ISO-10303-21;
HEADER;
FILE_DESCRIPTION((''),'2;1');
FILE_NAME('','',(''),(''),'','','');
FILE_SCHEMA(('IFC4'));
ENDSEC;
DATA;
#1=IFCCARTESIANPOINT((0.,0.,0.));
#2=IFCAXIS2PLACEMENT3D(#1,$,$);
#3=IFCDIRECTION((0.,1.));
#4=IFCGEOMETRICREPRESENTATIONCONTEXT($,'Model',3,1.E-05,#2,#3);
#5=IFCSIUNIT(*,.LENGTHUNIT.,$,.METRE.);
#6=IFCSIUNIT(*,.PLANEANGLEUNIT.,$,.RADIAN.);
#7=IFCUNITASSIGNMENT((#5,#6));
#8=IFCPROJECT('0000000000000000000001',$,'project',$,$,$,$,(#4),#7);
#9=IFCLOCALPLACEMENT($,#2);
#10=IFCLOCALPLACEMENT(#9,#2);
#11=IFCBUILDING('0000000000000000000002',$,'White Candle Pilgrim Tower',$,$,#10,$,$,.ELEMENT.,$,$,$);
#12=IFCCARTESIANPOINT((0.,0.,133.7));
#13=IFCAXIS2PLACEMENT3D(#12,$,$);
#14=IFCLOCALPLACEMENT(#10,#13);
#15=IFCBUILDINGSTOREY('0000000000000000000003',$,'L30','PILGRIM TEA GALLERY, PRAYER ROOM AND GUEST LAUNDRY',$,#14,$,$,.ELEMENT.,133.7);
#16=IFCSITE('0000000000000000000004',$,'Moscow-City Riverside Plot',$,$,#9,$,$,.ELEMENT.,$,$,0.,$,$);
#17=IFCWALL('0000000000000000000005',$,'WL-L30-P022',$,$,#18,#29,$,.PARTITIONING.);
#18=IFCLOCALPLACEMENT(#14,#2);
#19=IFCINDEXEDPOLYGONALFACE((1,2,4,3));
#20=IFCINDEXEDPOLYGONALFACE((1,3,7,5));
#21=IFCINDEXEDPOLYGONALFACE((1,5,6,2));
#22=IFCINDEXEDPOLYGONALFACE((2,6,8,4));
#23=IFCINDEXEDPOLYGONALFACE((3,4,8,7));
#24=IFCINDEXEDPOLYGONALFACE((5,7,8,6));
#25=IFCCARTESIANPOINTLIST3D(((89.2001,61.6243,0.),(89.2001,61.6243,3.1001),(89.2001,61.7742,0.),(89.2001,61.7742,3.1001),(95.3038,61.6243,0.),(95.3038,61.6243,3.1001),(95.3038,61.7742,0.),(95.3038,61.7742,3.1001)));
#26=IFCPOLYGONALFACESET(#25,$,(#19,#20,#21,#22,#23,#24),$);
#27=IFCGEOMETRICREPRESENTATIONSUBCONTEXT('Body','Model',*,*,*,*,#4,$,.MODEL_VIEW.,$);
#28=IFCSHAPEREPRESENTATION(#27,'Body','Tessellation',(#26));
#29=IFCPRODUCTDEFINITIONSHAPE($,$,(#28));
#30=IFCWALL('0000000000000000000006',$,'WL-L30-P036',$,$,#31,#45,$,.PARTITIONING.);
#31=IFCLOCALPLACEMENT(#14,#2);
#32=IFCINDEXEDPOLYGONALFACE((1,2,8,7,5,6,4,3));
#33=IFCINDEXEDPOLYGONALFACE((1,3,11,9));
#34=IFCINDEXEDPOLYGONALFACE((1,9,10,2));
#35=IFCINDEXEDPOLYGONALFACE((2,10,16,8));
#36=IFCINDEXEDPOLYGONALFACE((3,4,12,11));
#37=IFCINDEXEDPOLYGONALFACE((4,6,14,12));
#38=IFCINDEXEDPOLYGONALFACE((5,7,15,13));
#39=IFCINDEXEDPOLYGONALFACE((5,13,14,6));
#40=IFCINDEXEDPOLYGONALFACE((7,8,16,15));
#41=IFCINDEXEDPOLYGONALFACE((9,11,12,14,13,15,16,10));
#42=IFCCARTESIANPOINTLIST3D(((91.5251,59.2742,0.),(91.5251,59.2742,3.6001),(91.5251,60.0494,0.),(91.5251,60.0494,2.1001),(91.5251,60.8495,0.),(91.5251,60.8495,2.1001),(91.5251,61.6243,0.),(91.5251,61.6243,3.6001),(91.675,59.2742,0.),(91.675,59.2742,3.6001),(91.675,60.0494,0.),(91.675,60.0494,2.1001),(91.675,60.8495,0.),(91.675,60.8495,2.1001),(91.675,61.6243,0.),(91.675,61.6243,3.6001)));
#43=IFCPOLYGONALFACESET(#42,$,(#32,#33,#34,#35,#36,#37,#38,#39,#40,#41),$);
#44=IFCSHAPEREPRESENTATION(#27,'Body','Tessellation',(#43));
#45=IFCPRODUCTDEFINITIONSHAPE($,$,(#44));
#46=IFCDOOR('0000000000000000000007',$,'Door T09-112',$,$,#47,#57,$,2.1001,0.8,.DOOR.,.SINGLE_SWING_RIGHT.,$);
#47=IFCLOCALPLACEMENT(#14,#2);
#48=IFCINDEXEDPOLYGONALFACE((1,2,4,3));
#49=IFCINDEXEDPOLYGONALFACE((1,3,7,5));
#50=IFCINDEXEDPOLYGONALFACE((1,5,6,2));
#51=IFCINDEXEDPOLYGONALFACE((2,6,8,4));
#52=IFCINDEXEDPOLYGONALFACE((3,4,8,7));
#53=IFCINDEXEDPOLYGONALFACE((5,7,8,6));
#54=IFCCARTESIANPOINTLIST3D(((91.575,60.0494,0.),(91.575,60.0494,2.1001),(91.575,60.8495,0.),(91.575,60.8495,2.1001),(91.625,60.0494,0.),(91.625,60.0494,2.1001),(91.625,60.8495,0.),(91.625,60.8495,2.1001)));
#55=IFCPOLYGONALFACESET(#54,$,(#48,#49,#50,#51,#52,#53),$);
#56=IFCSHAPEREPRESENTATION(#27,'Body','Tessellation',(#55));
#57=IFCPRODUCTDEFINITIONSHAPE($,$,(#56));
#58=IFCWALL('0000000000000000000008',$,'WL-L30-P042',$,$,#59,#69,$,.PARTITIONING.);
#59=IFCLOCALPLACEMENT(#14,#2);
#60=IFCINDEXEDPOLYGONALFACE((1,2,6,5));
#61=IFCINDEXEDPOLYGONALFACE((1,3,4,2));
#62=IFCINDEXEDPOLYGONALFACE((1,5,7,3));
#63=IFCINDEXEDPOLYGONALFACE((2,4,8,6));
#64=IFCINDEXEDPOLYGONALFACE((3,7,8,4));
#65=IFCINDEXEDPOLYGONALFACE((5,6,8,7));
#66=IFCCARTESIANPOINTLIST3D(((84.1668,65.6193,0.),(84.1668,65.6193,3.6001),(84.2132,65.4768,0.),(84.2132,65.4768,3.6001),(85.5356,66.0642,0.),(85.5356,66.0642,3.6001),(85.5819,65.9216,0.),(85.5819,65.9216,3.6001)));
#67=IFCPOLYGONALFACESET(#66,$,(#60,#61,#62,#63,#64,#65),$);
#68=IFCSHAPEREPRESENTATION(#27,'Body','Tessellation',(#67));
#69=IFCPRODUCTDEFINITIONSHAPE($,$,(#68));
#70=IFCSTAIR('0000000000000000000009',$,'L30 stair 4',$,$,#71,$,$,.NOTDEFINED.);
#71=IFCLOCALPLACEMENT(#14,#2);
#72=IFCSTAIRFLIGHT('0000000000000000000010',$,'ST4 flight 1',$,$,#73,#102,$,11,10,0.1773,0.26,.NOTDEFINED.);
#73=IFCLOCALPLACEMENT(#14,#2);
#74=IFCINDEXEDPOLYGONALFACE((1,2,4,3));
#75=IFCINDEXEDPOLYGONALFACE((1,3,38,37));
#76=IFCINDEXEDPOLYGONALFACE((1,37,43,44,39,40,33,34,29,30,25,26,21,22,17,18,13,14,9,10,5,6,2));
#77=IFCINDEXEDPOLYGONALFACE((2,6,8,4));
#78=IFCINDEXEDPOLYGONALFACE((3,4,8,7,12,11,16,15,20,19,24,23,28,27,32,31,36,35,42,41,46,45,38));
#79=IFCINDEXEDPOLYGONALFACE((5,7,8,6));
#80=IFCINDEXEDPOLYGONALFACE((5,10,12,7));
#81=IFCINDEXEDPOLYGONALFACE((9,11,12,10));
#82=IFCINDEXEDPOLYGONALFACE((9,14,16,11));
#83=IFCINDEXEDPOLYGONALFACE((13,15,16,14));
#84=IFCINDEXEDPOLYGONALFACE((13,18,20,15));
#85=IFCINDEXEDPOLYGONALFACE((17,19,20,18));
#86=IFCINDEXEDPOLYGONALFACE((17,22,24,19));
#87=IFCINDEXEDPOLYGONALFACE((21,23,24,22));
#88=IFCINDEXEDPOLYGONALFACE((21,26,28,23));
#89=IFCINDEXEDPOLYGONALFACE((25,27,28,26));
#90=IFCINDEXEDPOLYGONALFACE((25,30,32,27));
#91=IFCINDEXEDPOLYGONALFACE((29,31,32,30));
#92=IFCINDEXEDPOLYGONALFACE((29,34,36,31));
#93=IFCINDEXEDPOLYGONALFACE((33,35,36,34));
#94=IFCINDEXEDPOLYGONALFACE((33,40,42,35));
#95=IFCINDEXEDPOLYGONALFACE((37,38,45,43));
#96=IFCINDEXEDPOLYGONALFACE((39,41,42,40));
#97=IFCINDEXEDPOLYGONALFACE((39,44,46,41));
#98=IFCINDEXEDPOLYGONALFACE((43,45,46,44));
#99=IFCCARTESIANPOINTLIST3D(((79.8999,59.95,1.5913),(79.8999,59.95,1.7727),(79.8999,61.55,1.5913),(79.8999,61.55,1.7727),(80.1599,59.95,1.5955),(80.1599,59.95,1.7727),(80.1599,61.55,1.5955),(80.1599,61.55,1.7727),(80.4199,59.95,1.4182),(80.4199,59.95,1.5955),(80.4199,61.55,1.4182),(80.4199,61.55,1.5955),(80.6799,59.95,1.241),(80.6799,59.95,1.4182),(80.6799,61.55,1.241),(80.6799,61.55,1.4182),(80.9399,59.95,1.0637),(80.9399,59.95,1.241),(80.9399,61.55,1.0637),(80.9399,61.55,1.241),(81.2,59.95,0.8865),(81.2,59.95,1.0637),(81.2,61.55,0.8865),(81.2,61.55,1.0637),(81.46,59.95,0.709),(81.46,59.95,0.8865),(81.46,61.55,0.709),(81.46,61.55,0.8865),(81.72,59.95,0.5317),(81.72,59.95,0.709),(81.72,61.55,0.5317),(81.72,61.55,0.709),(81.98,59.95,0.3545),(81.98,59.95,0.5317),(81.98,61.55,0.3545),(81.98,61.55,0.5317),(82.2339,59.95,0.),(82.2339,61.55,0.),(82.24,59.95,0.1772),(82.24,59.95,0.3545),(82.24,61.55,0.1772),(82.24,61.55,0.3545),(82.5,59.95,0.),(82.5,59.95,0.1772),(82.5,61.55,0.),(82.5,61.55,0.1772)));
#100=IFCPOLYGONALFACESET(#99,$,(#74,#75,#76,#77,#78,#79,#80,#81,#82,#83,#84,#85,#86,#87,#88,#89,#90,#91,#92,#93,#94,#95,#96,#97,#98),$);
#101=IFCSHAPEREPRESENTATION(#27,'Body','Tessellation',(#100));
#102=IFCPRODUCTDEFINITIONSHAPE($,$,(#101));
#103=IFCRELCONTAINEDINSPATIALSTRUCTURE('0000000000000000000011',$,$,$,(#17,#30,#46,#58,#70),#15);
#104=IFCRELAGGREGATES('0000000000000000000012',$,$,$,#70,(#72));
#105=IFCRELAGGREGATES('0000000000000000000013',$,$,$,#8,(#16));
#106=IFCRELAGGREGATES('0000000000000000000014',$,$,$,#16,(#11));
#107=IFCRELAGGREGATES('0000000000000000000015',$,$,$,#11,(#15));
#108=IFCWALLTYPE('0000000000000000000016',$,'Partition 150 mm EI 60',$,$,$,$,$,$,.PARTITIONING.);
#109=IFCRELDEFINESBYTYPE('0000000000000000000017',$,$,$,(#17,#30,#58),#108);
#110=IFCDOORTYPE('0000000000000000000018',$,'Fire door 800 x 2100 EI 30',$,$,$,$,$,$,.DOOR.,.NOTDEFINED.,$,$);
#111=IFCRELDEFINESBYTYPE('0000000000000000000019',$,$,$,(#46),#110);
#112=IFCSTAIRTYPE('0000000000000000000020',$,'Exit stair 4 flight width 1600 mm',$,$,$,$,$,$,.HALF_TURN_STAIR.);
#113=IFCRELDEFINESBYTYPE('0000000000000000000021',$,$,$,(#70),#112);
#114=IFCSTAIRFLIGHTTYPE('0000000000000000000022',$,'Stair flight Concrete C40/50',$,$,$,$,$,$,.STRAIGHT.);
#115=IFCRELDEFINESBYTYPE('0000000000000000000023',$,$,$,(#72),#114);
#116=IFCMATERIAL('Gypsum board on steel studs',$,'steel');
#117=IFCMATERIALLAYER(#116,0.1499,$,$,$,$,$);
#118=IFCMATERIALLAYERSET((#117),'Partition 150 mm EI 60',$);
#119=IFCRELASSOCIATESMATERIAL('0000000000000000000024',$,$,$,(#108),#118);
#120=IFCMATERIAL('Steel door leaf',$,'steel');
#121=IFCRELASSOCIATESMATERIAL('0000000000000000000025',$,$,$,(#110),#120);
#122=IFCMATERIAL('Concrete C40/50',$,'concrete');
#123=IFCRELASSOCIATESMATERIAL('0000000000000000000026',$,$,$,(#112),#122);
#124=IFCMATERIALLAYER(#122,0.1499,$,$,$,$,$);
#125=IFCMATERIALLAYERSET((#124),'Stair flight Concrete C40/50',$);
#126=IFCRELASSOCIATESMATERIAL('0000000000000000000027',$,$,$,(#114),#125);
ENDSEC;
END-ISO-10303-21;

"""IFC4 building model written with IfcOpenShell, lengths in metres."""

from ifc_helpers import new_model, si_unit, direction, frame, frame_2d, origin, place, context, subcontext, project, spatial, polyline, rectangle, outline, extrude, material, layer, layer_set, type_object, element, fill, aggregate, save


model = new_model("IFC4")

# Units and contexts
model_context = context("Model", 3, precision=1e-05, world=origin(), true_north=direction((0.0, 1.0)))
body_context = subcontext(model_context, "Body", "Model", "MODEL_VIEW")
ifc_project = project(units=[si_unit("LENGTHUNIT", "METRE"), si_unit("PLANEANGLEUNIT", "RADIAN")], contexts=[model_context])

# Site, building, storey
site_placement = place(None, origin())
site = spatial("IfcSite", under=ifc_project, at=site_placement, Name="Moscow-City Riverside Plot", CompositionType="ELEMENT", RefElevation=0.0)
building_placement = place(site_placement, origin())
building = spatial("IfcBuilding", under=site, at=building_placement, Name="White Candle Pilgrim Tower", CompositionType="ELEMENT")
storey_placement = place(building_placement, frame((0.0, 0.0, 133.7)))
storey = spatial("IfcBuildingStorey", under=building, at=storey_placement, Name="L30", Description="PILGRIM TEA GALLERY, PRAYER ROOM AND GUEST LAUNDRY", CompositionType="ELEMENT", Elevation=133.7)

# Shared definitions
ifc_material_1 = material(Name="Gypsum board on steel studs", Category="steel")
ifc_material_2 = material(Name="Steel door leaf", Category="steel")

# Wall
ifc_layer_1 = layer(ifc_material_1, 0.1499)
ifc_layer_set_1 = layer_set([ifc_layer_1], Name="Partition 150 mm EI 60")
wall_type_1 = type_object("IfcWallType", Name="Partition 150 mm EI 60", PredefinedType="PARTITIONING", material=ifc_layer_set_1)
wall_1_placement = place(storey_placement, frame((95.3037, 61.6992, 0.0), z_axis=(0.0, 0.0, 1.0), x_axis=(-1.0, 0.0, 0.0)))
element("IfcWall", 1, at=wall_1_placement, inside=storey, type_object=wall_type_1, Name="WL-L30-P022", PredefinedType="PARTITIONING", context=body_context, shape_type="SweptSolid", body=[
    extrude(rectangle(XDim=6.1038, YDim=0.1499, at=frame_2d((3.0518, 0.0))), origin(), (0.0, 0.0, 1.0), 3.1001),
])

# Wall, opening, door
wall_2_placement = place(storey_placement, frame((91.6001, 61.6243, 0.0), z_axis=(0.0, 0.0, 1.0), x_axis=(0.0, -1.0, 0.0)))
wall_2 = element("IfcWall", 2, at=wall_2_placement, inside=storey, type_object=wall_type_1, Name="WL-L30-P036", PredefinedType="PARTITIONING", context=body_context, shape_type="SweptSolid", body=[
    extrude(rectangle(XDim=2.3501, YDim=0.1499, at=frame_2d((1.175, 0.0))), origin(), (0.0, 0.0, 1.0), 3.6001),
])
opening_1_placement = place(wall_2_placement, frame((0.7749, 0.0, 0.0)))
opening_1 = element("IfcOpeningElement", 3, at=opening_1_placement, cuts=wall_2, PredefinedType="OPENING", context=body_context, shape_type="SweptSolid", body=[
    extrude(rectangle(XDim=0.8, YDim=2.1001, at=frame_2d((0.3999, 1.05))), frame((0.0, 0.085, 0.0), z_axis=(0.0, -1.0, 0.0), x_axis=(1.0, 0.0, 0.0)), (0.0, 0.0, 1.0), 0.1699),
])
door_type_1 = type_object("IfcDoorType", Name="Fire door 800 x 2100 EI 30", OperationType="NOTDEFINED", PredefinedType="DOOR", material=ifc_material_2)
door_1_placement = place(opening_1_placement, origin())
door_1 = element("IfcDoor", 4, at=door_1_placement, inside=storey, type_object=door_type_1, Name="Door T09-112", OperationType="SINGLE_SWING_RIGHT", OverallHeight=2.1001, OverallWidth=0.8, PredefinedType="DOOR", context=body_context, shape_type="SweptSolid", body=[
    extrude(rectangle(XDim=0.8, YDim=2.1001, at=frame_2d((0.3999, 1.05))), frame((0.0, 0.0249, 0.0), z_axis=(0.0, -1.0, 0.0), x_axis=(1.0, 0.0, 0.0)), (0.0, 0.0, 1.0), 0.05),
])
fill(opening_1, door_1)

# Wall
wall_3_placement = place(storey_placement, frame((85.5588, 65.9929, 0.0), z_axis=(0.0, 0.0, 1.0), x_axis=(-0.951032, -0.309094, 0.0)))
element("IfcWall", 5, at=wall_3_placement, inside=storey, type_object=wall_type_1, Name="WL-L30-P042", PredefinedType="PARTITIONING", context=body_context, shape_type="SweptSolid", body=[
    extrude(rectangle(XDim=1.4392, YDim=0.1499, at=frame_2d((0.7197, 0.0))), origin(), (0.0, 0.0, 1.0), 3.6001),
])

# Stair, stair flight
ifc_material_3 = material(Name="Concrete C40/50", Category="concrete")
stair_type = type_object("IfcStairType", Name="Exit stair 4 flight width 1600 mm", PredefinedType="HALF_TURN_STAIR", material=ifc_material_3)
stair_placement = place(storey_placement, origin())
stair = element("IfcStair", 6, at=stair_placement, inside=storey, type_object=stair_type, Name="L30 stair 4", PredefinedType="NOTDEFINED")
ifc_layer_2 = layer(ifc_material_3, 0.1499)
ifc_layer_set_2 = layer_set([ifc_layer_2], Name="Stair flight Concrete C40/50")
stair_flight_type = type_object("IfcStairFlightType", Name="Stair flight Concrete C40/50", PredefinedType="STRAIGHT", material=ifc_layer_set_2)
stair_flight_placement = place(storey_placement, frame((82.5, 60.75, 0.0), z_axis=(0.0, 0.0, 1.0), x_axis=(-1.0, 0.0, 0.0)))
stair_flight = element("IfcStairFlight", 7, at=stair_flight_placement, type_object=stair_flight_type, Name="ST4 flight 1", NumberOfRisers=11, NumberOfTreads=10, PredefinedType="NOTDEFINED", RiserHeight=0.1773, TreadLength=0.26, context=body_context, shape_type="SweptSolid", body=[
    extrude(outline(polyline([(0.0, 0.0), (0.0, 0.1772), (0.26, 0.1772), (0.26, 0.3545), (0.52, 0.3545), (0.52, 0.5317), (0.78, 0.5317), (0.78, 0.709), (1.04, 0.709), (1.04, 0.8865), (1.3, 0.8865), (1.3, 1.0637), (1.5601, 1.0637), (1.5601, 1.241), (1.8201, 1.241), (1.8201, 1.4182), (2.0801, 1.4182), (2.0801, 1.5955), (2.3401, 1.5955), (2.3401, 1.7727), (2.6001, 1.7727), (2.6001, 1.95), (2.6001, 1.5913), (0.2661, 0.0), (0.0, 0.0)])), frame((0.0, 0.8, 0.0), z_axis=(0.0, -1.0, 0.0), x_axis=(1.0, 0.0, 0.0)), (0.0, 0.0, 1.0), 1.6001),
])
aggregate(stair, [stair_flight])

save(model, "model.ifc")
